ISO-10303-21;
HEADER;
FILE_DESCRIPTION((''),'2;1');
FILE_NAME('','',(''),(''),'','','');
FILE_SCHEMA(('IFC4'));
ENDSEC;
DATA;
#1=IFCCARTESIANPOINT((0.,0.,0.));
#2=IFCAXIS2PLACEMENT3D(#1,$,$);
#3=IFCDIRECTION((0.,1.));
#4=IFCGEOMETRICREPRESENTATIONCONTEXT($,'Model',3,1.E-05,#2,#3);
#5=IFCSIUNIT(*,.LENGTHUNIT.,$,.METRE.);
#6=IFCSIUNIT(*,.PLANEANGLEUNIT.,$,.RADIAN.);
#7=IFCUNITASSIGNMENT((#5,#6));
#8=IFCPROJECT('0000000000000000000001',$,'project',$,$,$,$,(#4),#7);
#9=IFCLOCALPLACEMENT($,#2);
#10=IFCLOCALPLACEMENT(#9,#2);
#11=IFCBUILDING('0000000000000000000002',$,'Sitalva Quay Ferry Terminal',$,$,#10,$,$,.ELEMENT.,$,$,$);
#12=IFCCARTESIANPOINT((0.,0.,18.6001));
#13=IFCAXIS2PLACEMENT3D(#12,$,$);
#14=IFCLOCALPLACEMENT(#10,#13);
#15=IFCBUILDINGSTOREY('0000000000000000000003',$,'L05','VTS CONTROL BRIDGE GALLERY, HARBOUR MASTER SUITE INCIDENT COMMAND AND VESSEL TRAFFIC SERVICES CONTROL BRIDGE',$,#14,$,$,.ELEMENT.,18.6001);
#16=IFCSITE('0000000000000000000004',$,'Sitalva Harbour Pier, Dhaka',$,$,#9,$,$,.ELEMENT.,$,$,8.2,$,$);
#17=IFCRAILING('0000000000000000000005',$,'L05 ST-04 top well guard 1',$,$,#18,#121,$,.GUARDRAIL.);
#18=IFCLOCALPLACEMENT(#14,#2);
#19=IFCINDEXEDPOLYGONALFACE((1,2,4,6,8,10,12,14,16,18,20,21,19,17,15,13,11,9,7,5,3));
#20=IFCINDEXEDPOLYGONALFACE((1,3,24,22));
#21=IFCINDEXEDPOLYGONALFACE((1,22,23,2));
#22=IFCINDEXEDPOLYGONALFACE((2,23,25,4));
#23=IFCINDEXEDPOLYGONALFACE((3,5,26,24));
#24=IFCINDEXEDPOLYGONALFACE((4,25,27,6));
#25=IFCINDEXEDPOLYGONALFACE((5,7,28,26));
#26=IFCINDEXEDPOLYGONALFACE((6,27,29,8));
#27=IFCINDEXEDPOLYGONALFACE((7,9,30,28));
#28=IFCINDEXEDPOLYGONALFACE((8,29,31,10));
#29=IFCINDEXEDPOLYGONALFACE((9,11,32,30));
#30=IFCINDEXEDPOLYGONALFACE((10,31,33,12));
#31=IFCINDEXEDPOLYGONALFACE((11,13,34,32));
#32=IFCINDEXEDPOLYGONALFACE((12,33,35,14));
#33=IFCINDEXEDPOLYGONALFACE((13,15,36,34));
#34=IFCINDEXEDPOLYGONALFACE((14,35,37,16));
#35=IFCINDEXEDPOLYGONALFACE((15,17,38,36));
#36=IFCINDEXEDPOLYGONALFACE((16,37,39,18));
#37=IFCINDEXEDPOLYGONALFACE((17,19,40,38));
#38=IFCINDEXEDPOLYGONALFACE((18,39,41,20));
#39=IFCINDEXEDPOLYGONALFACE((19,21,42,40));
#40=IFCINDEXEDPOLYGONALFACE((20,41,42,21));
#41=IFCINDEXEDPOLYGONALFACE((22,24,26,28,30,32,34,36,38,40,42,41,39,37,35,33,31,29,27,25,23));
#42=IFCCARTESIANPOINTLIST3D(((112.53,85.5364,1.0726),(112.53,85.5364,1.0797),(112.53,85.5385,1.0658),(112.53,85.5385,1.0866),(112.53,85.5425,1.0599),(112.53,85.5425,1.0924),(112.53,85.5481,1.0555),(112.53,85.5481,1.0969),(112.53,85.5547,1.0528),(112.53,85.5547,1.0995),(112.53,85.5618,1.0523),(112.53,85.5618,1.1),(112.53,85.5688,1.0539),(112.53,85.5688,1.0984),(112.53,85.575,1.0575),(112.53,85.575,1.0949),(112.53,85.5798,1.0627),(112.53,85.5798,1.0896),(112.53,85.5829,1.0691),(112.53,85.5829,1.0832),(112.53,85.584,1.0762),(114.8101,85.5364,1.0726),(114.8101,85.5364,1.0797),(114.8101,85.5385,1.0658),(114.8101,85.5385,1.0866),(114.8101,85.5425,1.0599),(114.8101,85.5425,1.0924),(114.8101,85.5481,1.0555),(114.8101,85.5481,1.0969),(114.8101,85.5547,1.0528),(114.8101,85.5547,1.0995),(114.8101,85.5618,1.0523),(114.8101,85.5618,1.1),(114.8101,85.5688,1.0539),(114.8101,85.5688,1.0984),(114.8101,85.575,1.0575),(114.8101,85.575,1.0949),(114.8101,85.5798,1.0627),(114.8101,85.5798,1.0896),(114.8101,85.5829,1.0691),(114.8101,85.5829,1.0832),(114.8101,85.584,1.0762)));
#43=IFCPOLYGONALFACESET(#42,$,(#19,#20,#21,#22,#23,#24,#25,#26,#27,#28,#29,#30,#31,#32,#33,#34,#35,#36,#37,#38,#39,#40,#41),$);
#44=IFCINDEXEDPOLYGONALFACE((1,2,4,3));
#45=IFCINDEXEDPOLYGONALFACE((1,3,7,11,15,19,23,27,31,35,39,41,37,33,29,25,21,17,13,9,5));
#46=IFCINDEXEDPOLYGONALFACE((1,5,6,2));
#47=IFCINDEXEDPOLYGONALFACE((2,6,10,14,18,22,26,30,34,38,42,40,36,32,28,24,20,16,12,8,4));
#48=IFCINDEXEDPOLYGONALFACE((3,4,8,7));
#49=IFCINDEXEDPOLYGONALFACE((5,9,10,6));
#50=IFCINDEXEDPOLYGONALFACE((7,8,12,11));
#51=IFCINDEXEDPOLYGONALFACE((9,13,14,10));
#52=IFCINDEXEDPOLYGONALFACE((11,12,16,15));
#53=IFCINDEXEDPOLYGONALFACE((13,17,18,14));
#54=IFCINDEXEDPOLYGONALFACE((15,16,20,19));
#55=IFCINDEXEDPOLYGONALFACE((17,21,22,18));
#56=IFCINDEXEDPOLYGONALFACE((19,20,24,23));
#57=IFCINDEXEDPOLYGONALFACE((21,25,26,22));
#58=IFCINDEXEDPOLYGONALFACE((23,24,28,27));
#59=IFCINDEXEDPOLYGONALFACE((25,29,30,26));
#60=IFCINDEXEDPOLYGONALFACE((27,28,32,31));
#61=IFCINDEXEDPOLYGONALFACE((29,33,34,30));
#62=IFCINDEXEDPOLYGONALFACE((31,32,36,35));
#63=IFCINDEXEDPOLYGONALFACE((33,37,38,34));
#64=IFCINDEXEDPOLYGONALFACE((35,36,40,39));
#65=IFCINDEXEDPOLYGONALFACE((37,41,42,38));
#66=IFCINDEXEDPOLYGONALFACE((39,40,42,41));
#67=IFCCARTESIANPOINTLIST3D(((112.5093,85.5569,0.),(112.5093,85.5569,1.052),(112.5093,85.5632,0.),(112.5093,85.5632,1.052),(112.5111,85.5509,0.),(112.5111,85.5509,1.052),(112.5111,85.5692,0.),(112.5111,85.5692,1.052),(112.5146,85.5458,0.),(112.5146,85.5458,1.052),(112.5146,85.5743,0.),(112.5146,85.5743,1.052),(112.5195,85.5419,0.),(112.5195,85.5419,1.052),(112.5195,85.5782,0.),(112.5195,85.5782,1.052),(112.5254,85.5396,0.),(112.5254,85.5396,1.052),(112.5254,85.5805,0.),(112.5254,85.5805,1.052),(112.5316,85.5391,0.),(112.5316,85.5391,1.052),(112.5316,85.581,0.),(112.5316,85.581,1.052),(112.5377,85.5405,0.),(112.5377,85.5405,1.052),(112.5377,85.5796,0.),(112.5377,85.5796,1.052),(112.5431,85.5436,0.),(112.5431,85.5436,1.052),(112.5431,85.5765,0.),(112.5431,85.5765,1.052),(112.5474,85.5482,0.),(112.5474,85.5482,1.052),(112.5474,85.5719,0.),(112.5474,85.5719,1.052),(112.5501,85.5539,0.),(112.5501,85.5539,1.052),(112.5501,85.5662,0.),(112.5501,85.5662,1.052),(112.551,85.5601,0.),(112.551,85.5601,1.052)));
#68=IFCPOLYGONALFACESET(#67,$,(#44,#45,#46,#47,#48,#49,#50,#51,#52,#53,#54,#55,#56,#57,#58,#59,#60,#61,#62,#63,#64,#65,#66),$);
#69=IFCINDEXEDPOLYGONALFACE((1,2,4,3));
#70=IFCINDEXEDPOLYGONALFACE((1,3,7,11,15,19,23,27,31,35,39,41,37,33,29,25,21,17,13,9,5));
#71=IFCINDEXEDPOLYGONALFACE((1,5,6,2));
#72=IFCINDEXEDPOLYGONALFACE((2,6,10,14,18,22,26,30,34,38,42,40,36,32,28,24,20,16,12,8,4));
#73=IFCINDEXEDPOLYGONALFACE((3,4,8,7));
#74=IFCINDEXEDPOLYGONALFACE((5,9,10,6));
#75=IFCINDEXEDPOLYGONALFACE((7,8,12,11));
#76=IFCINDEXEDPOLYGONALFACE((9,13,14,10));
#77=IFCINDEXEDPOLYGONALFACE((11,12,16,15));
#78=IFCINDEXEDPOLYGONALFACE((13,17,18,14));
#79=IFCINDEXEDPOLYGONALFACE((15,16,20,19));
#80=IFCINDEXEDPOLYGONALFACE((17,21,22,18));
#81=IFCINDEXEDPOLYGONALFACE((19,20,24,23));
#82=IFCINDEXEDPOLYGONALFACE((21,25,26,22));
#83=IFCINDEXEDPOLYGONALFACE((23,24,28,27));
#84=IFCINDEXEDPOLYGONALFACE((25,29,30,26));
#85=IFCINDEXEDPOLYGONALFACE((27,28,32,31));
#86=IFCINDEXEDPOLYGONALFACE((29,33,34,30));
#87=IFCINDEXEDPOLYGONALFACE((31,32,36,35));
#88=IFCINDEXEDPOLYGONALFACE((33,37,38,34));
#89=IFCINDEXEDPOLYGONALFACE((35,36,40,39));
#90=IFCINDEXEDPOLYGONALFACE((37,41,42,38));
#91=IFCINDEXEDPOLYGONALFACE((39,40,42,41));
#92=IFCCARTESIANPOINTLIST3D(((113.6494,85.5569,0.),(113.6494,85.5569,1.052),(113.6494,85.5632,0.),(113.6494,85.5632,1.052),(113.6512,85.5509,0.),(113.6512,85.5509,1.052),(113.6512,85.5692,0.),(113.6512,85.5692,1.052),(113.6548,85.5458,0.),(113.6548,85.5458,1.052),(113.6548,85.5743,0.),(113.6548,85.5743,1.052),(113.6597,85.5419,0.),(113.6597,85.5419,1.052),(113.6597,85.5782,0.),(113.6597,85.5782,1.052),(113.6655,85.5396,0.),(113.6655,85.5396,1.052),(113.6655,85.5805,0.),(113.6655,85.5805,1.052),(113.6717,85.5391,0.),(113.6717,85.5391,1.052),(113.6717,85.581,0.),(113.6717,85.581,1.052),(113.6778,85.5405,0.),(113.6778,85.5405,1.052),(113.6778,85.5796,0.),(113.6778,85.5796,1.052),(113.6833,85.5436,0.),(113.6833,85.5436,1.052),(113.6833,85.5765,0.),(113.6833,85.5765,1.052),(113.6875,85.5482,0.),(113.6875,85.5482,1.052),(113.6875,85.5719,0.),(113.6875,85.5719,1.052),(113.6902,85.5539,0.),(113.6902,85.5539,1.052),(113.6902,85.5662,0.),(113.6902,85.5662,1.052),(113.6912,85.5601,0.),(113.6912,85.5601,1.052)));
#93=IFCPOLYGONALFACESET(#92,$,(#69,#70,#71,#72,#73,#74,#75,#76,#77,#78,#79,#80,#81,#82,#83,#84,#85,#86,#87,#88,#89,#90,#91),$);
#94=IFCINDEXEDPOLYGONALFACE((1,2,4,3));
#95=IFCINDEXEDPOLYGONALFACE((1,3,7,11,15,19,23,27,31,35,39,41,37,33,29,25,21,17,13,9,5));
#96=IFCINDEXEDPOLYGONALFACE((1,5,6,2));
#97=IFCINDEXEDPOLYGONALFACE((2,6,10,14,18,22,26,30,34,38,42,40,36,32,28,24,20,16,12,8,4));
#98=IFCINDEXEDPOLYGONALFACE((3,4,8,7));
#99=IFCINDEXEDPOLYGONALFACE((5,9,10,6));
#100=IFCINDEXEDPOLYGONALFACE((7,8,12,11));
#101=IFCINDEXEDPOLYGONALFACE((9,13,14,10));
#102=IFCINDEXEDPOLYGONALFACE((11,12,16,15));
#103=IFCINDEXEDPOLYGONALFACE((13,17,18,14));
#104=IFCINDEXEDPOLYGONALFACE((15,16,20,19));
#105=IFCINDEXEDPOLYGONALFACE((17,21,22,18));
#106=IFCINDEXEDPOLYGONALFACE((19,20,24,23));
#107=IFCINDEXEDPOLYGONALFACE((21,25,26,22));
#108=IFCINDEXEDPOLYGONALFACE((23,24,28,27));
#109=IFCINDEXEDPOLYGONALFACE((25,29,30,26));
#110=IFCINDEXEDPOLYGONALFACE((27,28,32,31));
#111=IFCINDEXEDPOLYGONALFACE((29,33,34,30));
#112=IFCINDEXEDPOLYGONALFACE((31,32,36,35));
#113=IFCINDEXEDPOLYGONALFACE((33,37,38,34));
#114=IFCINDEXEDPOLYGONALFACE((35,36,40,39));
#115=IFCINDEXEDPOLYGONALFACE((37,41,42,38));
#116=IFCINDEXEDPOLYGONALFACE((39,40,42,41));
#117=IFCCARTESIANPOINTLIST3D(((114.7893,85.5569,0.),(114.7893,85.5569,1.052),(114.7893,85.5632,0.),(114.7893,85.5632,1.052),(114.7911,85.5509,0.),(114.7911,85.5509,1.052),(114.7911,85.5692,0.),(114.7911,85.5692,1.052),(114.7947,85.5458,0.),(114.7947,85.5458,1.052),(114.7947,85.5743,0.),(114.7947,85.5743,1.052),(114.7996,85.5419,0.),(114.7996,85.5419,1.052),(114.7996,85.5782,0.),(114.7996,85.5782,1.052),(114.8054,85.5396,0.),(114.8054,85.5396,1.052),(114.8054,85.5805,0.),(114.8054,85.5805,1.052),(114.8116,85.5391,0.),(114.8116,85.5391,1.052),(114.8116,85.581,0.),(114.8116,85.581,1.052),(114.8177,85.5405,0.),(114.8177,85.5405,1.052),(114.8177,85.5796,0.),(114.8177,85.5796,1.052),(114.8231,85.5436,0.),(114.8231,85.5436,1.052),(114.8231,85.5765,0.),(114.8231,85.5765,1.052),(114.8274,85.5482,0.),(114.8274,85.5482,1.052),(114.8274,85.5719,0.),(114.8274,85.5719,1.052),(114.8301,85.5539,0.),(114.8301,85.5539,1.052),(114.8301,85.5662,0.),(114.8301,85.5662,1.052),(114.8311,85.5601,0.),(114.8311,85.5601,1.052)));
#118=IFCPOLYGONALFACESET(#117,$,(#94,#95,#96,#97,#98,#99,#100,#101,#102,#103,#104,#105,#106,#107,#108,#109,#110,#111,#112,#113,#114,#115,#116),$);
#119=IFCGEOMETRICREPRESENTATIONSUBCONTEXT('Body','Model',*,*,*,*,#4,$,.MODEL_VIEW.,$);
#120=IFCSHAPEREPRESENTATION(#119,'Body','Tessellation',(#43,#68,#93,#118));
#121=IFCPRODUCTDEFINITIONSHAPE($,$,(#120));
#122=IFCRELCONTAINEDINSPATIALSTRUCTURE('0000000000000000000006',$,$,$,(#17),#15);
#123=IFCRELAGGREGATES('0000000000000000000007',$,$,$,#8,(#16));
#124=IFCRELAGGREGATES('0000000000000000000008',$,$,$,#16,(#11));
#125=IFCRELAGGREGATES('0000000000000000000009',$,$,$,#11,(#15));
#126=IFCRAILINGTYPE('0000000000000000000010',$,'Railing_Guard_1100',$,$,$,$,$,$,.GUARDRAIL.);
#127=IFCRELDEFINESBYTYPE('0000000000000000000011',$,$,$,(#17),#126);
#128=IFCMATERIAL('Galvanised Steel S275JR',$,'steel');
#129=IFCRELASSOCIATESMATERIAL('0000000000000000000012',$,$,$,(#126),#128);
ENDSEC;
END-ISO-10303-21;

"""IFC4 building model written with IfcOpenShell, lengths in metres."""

from ifc_helpers import new_model, si_unit, direction, frame, origin, origin_2d, place, context, subcontext, project, spatial, circle, extrude, material, type_object, element, save


model = new_model("IFC4")

# Units and contexts
model_context = context("Model", 3, precision=1e-05, world=origin(), true_north=direction((0.0, 1.0)))
body_context = subcontext(model_context, "Body", "Model", "MODEL_VIEW")
ifc_project = project(units=[si_unit("LENGTHUNIT", "METRE"), si_unit("PLANEANGLEUNIT", "RADIAN")], contexts=[model_context])

# Site, building, storey
site_placement = place(None, origin())
site = spatial("IfcSite", under=ifc_project, at=site_placement, Name="Sitalva Harbour Pier, Dhaka", CompositionType="ELEMENT", RefElevation=8.2)
building_placement = place(site_placement, origin())
building = spatial("IfcBuilding", under=site, at=building_placement, Name="Sitalva Quay Ferry Terminal", CompositionType="ELEMENT")
storey_placement = place(building_placement, frame((0.0, 0.0, 18.6001)))
storey = spatial("IfcBuildingStorey", under=building, at=storey_placement, Name="L05", Description="VTS CONTROL BRIDGE GALLERY, HARBOUR MASTER SUITE INCIDENT COMMAND AND VESSEL TRAFFIC SERVICES CONTROL BRIDGE", CompositionType="ELEMENT", Elevation=18.6001)

# Railing
ifc_material_1 = material(Name="Galvanised Steel S275JR", Category="steel")
railing_type = type_object("IfcRailingType", Name="Railing_Guard_1100", PredefinedType="GUARDRAIL", material=ifc_material_1)
railing_placement = place(storey_placement, frame((112.53, 85.5601, 0.0)))
element("IfcRailing", 1, at=railing_placement, inside=storey, type_object=railing_type, Name="L05 ST-04 top well guard 1", PredefinedType="GUARDRAIL", context=body_context, shape_type="SweptSolid", body=[
    extrude(circle(Radius=0.0239, at=origin_2d()), frame((0.0, 0.0, 1.0762), z_axis=(1.0, 0.0, 0.0), x_axis=(0.0, 1.0, 0.0)), (0.0, 0.0, 1.0), 2.28),
    extrude(circle(Radius=0.021, at=origin_2d()), origin(), (0.0, 0.0, 1.0), 1.052),
    extrude(circle(Radius=0.021, at=origin_2d()), frame((1.1401, 0.0, 0.0)), (0.0, 0.0, 1.0), 1.052),
    extrude(circle(Radius=0.021, at=origin_2d()), frame((2.28, 0.0, 0.0)), (0.0, 0.0, 1.0), 1.052),
])

save(model, "model.ifc")
